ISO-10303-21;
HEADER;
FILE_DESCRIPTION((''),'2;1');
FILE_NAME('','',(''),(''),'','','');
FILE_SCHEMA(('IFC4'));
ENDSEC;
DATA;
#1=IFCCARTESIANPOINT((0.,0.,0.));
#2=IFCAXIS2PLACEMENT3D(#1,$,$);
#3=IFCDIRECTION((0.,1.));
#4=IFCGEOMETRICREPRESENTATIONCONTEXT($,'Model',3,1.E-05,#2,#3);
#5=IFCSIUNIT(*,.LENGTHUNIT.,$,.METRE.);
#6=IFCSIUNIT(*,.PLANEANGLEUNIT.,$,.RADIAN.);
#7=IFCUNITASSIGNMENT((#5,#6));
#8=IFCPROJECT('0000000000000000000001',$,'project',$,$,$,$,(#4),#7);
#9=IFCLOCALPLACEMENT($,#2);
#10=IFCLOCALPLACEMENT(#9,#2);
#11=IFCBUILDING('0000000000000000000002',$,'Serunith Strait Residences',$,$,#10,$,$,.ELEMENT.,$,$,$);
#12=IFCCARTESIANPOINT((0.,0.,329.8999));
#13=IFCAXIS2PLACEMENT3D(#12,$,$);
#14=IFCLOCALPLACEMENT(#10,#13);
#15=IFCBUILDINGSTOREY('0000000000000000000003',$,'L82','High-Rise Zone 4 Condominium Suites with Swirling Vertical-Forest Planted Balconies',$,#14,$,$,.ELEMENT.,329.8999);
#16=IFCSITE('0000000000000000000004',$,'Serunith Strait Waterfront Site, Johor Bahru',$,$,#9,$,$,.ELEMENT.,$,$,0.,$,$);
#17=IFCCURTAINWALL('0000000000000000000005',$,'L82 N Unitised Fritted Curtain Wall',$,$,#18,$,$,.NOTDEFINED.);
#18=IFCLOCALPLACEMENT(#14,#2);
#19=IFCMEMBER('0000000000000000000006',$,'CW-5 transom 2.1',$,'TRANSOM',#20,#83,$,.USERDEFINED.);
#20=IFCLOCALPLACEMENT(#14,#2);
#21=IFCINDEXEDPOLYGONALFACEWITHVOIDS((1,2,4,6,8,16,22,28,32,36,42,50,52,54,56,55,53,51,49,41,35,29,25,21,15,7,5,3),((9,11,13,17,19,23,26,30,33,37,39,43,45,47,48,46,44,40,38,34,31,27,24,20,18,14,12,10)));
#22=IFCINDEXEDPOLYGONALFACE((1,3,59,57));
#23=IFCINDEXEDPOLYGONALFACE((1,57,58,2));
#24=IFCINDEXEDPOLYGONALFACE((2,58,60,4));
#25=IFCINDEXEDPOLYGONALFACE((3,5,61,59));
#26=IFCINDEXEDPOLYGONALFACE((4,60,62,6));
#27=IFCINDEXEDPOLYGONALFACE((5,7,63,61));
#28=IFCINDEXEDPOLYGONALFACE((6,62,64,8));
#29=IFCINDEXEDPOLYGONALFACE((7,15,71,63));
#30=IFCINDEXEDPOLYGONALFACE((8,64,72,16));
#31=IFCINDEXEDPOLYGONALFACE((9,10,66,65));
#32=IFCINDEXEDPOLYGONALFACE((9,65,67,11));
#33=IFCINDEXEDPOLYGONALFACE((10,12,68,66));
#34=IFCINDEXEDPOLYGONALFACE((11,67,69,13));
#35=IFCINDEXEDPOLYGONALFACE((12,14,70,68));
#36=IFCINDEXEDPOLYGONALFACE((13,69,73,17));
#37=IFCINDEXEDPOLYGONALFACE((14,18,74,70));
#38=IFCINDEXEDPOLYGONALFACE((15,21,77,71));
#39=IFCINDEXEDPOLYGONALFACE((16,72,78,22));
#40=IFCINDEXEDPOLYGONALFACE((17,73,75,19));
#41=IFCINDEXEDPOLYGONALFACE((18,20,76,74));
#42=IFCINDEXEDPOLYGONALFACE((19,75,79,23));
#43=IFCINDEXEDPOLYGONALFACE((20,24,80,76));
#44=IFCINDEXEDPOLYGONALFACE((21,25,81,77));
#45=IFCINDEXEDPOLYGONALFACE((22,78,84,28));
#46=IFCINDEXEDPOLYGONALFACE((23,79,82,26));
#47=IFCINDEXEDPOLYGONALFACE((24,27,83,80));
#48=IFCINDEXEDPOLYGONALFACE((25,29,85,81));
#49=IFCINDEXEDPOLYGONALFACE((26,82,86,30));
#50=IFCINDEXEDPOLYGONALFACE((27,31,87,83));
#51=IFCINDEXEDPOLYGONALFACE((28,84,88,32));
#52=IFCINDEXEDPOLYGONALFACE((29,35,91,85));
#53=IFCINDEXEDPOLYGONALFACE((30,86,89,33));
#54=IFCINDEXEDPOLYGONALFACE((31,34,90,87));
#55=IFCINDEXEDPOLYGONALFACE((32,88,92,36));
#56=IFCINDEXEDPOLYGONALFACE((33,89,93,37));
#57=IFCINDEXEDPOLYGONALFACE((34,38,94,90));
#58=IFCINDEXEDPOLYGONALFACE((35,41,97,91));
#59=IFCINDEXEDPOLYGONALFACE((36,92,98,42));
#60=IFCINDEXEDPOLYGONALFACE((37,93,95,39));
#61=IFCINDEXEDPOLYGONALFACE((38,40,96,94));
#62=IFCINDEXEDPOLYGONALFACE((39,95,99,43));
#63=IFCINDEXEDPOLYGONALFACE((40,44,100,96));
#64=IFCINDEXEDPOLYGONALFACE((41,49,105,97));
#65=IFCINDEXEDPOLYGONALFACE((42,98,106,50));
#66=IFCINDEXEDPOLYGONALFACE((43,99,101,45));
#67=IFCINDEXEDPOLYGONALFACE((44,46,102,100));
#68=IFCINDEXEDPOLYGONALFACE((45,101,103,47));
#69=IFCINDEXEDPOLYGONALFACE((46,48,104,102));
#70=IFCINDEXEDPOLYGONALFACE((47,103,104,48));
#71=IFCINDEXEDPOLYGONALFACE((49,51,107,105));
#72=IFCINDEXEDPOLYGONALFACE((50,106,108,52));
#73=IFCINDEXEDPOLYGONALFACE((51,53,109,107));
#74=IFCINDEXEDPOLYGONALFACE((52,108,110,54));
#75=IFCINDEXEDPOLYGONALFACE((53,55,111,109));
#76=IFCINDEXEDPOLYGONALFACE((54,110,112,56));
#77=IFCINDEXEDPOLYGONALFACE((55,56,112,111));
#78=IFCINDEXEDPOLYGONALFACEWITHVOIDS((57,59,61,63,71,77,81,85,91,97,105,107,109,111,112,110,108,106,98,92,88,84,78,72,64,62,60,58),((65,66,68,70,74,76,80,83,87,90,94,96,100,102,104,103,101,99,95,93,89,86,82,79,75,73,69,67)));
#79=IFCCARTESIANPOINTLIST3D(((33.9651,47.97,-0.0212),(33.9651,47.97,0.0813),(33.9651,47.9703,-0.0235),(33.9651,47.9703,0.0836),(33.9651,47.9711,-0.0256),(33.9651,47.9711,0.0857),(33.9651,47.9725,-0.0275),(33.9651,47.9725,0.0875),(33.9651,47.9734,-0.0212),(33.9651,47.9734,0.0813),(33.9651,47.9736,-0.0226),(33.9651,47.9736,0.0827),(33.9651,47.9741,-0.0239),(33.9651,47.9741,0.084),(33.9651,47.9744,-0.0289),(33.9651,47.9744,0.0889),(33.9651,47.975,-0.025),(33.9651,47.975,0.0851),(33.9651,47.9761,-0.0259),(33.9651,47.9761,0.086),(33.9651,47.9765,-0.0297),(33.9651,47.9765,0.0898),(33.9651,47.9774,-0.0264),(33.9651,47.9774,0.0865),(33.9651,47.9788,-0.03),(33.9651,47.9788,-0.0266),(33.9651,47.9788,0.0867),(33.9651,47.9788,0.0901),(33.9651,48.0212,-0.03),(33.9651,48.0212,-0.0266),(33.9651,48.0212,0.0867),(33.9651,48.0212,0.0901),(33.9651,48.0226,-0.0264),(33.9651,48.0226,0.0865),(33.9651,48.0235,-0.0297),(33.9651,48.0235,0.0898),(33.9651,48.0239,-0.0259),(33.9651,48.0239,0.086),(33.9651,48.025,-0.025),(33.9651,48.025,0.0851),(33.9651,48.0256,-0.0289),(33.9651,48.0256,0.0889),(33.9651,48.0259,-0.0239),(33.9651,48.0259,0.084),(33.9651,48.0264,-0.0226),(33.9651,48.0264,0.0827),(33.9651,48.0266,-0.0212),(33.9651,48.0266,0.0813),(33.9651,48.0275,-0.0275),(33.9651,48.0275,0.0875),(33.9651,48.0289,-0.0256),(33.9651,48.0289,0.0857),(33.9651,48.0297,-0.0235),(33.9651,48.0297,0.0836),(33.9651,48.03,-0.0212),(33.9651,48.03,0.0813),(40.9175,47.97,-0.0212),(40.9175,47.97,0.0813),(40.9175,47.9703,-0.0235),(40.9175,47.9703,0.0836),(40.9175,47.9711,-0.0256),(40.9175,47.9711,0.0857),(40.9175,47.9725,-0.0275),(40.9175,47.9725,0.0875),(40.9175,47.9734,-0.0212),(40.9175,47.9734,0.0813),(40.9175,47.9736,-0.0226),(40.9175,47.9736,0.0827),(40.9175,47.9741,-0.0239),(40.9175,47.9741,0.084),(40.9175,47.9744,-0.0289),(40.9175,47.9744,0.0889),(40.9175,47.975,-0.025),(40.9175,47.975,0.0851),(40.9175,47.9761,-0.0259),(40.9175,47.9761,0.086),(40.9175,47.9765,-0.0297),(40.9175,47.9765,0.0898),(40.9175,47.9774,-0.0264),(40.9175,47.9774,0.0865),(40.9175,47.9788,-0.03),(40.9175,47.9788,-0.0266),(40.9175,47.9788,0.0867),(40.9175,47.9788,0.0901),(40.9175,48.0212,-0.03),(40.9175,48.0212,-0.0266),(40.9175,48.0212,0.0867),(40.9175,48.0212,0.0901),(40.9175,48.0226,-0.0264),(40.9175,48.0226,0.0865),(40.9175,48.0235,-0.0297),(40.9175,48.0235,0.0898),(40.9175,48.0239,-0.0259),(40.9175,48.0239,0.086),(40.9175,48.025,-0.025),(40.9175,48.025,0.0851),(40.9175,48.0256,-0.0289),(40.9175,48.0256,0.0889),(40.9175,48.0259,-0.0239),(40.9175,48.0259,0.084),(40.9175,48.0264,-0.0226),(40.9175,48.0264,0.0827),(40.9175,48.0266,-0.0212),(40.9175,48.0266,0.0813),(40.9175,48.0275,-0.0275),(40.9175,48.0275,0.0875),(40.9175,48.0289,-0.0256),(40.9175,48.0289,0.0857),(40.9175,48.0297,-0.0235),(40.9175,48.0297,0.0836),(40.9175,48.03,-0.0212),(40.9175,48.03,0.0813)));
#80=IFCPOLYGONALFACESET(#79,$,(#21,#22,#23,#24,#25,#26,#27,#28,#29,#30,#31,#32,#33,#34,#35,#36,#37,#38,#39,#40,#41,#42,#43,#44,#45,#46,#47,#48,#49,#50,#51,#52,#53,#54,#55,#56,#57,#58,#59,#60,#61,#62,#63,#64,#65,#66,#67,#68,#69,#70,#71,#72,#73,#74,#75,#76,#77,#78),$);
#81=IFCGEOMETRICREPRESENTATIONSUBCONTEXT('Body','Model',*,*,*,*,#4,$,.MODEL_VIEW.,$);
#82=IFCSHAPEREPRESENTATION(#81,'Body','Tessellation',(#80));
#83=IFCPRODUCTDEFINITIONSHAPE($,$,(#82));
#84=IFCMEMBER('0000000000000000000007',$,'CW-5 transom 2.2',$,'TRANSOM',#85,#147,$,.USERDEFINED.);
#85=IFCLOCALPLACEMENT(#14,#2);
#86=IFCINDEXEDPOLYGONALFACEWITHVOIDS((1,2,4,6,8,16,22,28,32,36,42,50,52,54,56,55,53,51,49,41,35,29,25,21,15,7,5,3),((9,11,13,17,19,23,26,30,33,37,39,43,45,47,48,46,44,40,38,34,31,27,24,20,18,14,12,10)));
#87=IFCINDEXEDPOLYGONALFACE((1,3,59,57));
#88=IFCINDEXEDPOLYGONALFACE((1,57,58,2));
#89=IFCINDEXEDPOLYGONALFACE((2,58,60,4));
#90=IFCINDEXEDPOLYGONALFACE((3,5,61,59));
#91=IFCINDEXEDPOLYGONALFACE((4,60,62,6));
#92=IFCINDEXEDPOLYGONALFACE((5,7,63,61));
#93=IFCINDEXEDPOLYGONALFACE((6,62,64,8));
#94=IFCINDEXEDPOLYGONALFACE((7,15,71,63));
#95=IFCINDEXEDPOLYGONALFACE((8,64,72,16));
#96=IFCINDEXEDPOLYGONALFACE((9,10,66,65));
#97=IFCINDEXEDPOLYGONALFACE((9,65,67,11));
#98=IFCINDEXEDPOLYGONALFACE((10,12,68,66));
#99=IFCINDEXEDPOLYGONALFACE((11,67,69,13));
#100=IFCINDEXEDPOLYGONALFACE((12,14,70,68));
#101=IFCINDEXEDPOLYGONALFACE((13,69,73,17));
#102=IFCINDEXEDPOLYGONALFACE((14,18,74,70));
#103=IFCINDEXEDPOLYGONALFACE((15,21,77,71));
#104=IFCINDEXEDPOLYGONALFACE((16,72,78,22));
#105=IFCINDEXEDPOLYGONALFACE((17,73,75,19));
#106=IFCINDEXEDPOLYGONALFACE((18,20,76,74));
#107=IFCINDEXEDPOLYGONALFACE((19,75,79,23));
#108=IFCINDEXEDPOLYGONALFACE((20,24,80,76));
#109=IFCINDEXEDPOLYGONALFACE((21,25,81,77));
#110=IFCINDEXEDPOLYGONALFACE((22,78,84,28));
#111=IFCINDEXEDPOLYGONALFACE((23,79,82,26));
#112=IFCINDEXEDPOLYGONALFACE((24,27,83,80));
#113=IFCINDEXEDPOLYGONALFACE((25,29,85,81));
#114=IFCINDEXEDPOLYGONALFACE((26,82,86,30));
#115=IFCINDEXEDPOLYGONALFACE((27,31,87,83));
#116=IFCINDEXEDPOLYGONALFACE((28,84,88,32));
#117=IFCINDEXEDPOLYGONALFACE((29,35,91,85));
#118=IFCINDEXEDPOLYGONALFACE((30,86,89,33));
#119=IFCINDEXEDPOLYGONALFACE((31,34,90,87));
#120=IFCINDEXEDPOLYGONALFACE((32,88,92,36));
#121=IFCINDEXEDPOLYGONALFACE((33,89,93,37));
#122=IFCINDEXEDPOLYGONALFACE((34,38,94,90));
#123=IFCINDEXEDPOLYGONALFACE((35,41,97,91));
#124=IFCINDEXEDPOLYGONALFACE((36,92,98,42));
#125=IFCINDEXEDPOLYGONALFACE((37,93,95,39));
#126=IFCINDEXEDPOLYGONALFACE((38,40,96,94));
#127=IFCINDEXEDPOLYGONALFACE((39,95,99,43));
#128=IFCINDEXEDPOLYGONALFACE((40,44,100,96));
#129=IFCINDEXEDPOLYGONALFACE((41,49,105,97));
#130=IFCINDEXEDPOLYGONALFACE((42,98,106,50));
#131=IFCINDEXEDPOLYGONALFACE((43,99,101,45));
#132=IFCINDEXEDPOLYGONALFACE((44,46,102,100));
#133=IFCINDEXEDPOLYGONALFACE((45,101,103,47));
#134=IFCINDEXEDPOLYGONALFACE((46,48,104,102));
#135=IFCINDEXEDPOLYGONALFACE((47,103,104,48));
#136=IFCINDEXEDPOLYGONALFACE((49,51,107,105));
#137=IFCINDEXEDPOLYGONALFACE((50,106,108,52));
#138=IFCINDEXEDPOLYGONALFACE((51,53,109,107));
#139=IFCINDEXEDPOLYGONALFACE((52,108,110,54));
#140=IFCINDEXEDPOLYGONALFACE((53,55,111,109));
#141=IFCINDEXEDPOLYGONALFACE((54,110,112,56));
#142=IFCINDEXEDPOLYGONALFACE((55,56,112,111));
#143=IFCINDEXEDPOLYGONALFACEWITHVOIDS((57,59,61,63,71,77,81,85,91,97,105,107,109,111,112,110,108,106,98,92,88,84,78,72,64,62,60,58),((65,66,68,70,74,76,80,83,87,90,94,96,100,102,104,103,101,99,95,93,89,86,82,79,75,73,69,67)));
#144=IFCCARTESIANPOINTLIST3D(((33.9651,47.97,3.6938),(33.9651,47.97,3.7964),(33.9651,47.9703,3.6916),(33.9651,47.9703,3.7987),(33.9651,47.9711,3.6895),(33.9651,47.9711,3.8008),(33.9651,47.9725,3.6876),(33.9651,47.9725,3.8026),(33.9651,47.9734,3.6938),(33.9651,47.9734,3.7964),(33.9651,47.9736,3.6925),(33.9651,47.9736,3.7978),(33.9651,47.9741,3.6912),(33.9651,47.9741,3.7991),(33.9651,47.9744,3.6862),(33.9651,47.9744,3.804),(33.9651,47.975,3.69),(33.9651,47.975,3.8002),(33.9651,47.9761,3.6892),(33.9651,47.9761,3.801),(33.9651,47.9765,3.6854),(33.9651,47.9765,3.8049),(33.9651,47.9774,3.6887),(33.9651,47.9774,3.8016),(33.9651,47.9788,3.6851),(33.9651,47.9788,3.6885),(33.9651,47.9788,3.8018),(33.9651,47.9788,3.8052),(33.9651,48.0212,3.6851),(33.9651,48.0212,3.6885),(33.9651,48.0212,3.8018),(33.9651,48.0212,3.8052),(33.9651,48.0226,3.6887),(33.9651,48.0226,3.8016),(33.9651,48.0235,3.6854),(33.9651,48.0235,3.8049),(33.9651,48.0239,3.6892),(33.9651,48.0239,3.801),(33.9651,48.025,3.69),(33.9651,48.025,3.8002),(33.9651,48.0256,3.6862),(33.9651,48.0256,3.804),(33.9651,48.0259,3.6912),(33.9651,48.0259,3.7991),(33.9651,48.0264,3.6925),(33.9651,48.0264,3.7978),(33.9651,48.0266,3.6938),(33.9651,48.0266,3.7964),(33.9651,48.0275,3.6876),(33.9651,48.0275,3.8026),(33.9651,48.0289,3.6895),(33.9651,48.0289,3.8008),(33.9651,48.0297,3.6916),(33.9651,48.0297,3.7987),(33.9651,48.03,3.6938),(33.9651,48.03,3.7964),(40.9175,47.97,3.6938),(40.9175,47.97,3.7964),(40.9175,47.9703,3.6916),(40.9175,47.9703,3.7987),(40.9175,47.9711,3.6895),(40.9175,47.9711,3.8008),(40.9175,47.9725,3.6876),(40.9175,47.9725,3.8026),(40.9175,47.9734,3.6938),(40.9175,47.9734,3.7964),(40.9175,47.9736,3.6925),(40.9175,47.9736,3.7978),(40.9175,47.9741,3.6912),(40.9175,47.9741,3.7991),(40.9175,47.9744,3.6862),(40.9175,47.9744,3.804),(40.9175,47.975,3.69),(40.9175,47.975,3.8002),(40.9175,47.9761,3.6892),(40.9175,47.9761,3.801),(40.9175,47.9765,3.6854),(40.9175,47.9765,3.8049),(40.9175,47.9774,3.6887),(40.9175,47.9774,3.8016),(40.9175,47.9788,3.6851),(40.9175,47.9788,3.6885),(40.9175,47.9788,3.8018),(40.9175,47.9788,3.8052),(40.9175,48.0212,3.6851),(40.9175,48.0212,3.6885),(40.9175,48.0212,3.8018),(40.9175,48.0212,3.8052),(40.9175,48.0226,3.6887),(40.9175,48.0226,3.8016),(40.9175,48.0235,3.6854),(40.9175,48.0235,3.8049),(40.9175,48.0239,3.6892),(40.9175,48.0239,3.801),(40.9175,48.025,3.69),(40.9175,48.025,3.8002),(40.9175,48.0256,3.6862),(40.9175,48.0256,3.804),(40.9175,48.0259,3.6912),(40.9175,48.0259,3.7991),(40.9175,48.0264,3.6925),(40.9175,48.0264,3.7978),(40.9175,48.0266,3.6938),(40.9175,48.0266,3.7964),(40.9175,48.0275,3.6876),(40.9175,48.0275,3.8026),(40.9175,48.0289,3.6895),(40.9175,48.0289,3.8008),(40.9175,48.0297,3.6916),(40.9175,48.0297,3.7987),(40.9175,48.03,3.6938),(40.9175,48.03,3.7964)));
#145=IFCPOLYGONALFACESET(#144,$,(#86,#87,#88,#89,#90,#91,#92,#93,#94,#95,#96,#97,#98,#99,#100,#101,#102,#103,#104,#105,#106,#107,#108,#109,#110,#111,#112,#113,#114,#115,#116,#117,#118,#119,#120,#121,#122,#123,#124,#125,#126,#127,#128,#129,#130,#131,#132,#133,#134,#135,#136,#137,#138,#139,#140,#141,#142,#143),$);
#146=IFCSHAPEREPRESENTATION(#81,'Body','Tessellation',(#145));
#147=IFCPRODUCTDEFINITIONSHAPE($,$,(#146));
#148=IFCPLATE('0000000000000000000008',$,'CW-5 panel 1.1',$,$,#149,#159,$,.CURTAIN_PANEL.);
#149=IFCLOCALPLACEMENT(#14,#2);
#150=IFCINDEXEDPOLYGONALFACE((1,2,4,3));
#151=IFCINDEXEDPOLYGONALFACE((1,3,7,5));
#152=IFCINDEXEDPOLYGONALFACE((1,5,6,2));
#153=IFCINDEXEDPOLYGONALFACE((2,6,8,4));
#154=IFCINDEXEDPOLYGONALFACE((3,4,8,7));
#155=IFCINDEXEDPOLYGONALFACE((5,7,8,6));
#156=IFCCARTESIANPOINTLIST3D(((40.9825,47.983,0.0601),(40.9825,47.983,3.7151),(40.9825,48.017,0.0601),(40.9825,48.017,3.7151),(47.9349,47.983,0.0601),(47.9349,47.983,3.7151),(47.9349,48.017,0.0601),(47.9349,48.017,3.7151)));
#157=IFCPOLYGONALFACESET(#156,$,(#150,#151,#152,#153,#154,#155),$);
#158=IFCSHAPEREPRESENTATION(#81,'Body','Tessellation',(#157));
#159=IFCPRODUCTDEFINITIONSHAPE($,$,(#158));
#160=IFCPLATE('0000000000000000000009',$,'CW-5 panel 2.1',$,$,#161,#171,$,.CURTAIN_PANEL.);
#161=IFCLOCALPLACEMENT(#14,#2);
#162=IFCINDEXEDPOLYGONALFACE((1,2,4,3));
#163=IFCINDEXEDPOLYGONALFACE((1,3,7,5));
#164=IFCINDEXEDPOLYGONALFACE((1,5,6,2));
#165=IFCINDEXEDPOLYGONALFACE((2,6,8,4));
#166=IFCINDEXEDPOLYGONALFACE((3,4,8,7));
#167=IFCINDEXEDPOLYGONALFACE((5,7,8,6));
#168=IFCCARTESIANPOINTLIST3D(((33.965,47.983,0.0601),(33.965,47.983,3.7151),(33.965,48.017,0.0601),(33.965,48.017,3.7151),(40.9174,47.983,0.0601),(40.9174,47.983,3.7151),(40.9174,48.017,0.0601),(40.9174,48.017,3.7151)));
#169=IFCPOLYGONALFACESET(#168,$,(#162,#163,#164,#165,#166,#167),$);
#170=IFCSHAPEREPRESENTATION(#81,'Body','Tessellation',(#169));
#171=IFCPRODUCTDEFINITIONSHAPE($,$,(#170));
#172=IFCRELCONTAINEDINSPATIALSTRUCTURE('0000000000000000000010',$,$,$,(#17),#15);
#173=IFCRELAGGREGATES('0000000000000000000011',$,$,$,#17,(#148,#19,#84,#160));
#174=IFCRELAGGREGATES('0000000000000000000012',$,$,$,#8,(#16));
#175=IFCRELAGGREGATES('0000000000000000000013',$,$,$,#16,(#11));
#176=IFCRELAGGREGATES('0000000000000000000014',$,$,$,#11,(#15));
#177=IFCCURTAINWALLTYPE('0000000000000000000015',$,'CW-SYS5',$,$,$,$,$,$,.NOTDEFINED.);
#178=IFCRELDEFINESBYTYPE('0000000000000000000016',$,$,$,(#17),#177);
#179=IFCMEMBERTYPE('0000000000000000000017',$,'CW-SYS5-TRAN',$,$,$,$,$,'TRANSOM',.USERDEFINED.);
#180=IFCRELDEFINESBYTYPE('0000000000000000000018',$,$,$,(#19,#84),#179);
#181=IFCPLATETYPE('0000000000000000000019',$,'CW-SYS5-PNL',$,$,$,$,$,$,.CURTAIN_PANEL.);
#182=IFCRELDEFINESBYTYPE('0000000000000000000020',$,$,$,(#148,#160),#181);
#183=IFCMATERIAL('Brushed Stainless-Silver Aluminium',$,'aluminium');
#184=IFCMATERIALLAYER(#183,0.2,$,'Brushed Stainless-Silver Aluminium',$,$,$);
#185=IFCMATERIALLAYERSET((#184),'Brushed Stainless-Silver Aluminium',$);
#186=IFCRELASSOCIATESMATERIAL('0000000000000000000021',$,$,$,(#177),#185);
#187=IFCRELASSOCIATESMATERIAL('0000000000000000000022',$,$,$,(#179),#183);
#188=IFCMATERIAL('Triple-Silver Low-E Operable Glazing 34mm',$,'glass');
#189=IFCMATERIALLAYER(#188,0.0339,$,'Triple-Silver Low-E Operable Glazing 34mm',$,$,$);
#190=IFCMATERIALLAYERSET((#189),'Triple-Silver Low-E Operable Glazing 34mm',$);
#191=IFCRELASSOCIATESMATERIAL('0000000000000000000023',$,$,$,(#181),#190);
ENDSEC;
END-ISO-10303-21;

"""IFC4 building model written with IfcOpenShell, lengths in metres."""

from ifc_helpers import new_model, si_unit, direction, frame, origin, origin_2d, place, context, subcontext, project, spatial, rectangle, hollow_rectangle, extrude, source, transform, mapped, material, layer, layer_set, material_profile, profile_set, type_object, element, aggregate, save


model = new_model("IFC4")

# Units and contexts
model_context = context("Model", 3, precision=1e-05, world=origin(), true_north=direction((0.0, 1.0)))
body_context = subcontext(model_context, "Body", "Model", "MODEL_VIEW")
ifc_project = project(units=[si_unit("LENGTHUNIT", "METRE"), si_unit("PLANEANGLEUNIT", "RADIAN")], contexts=[model_context])

# Site, building, storey
site_placement = place(None, origin())
site = spatial("IfcSite", under=ifc_project, at=site_placement, Name="Serunith Strait Waterfront Site, Johor Bahru", CompositionType="ELEMENT", RefElevation=0.0)
building_placement = place(site_placement, origin())
building = spatial("IfcBuilding", under=site, at=building_placement, Name="Serunith Strait Residences", CompositionType="ELEMENT")
storey_placement = place(building_placement, frame((0.0, 0.0, 329.8999)))
storey = spatial("IfcBuildingStorey", under=building, at=storey_placement, Name="L82", Description="High-Rise Zone 4 Condominium Suites with Swirling Vertical-Forest Planted Balconies", CompositionType="ELEMENT", Elevation=329.8999)

# Curtain wall, members, plates
ifc_material_1 = material(Name="Brushed Stainless-Silver Aluminium", Category="aluminium")
ifc_layer_1 = layer(ifc_material_1, 0.2, Name="Brushed Stainless-Silver Aluminium")
ifc_layer_set_1 = layer_set([ifc_layer_1], Name="Brushed Stainless-Silver Aluminium")
curtain_wall_type = type_object("IfcCurtainWallType", Name="CW-SYS5", PredefinedType="NOTDEFINED", material=ifc_layer_set_1)
curtain_wall_placement = place(storey_placement, origin())
curtain_wall = element("IfcCurtainWall", 1, at=curtain_wall_placement, inside=storey, type_object=curtain_wall_type, Name="L82 N Unitised Fritted Curtain Wall", PredefinedType="NOTDEFINED")
ifc_material_profile_1 = material_profile(ifc_material_1, hollow_rectangle(XDim=0.0601, YDim=0.1201, WallThickness=0.0034, InnerFilletRadius=0.0054, OuterFilletRadius=0.0088, at=origin_2d()), Name="ALU 120x60x3.5")
ifc_profile_set_1 = profile_set([ifc_material_profile_1], Name="Brushed Stainless-Silver Aluminium")
member_type_1 = type_object("IfcMemberType", Name="CW-SYS5-TRAN", ElementType="TRANSOM", PredefinedType="USERDEFINED", material=ifc_profile_set_1)
shared_shape_1 = source(origin(), body_context, "Body", "SweptSolid", [
    extrude(hollow_rectangle(XDim=0.0601, YDim=0.1201, WallThickness=0.0034, InnerFilletRadius=0.0054, OuterFilletRadius=0.0088, at=origin_2d()), origin(), (0.0, 0.0, 1.0), 6.9524),
])
member_1_placement = place(storey_placement, frame((40.9175, 48.0, 0.03), z_axis=(-1.0, 0.0, 0.0), x_axis=(0.0, -1.0, 0.0)))
member_1 = element("IfcMember", 2, at=member_1_placement, type_object=member_type_1, Name="CW-5 transom 2.1", ObjectType="TRANSOM", PredefinedType="USERDEFINED", context=body_context, shape_type="MappedRepresentation", body=[
    mapped(shared_shape_1, transform((0.0, 0.0, 0.0), scale=1.0)),
])
member_2_placement = place(storey_placement, frame((40.9175, 48.0, 3.7451), z_axis=(-1.0, 0.0, 0.0), x_axis=(0.0, -1.0, 0.0)))
member_2 = element("IfcMember", 3, at=member_2_placement, type_object=member_type_1, Name="CW-5 transom 2.2", ObjectType="TRANSOM", PredefinedType="USERDEFINED", context=body_context, shape_type="MappedRepresentation", body=[
    mapped(shared_shape_1, transform((0.0, 0.0, 0.0), scale=1.0)),
])
ifc_material_2 = material(Name="Triple-Silver Low-E Operable Glazing 34mm", Category="glass")
ifc_layer_2 = layer(ifc_material_2, 0.0339, Name="Triple-Silver Low-E Operable Glazing 34mm")
ifc_layer_set_2 = layer_set([ifc_layer_2], Name="Triple-Silver Low-E Operable Glazing 34mm")
plate_type = type_object("IfcPlateType", Name="CW-SYS5-PNL", PredefinedType="CURTAIN_PANEL", material=ifc_layer_set_2)
shared_shape_2 = source(origin(), body_context, "Body", "SweptSolid", [
    extrude(rectangle(XDim=6.9524, YDim=0.0339, at=origin_2d()), origin(), (0.0, 0.0, 1.0), 3.655),
])
plate_1_placement = place(storey_placement, frame((44.4587, 48.0, 0.0601), z_axis=(0.0, 0.0, 1.0), x_axis=(-1.0, 0.0, 0.0)))
plate_1 = element("IfcPlate", 4, at=plate_1_placement, type_object=plate_type, Name="CW-5 panel 1.1", PredefinedType="CURTAIN_PANEL", context=body_context, shape_type="MappedRepresentation", body=[
    mapped(shared_shape_2, transform((0.0, 0.0, 0.0), scale=1.0)),
])
plate_2_placement = place(storey_placement, frame((37.4412, 48.0, 0.0601), z_axis=(0.0, 0.0, 1.0), x_axis=(-1.0, 0.0, 0.0)))
plate_2 = element("IfcPlate", 5, at=plate_2_placement, type_object=plate_type, Name="CW-5 panel 2.1", PredefinedType="CURTAIN_PANEL", context=body_context, shape_type="MappedRepresentation", body=[
    mapped(shared_shape_2, transform((0.0, 0.0, 0.0), scale=1.0)),
])
aggregate(curtain_wall, [plate_1, member_1, member_2, plate_2])

save(model, "model.ifc")
